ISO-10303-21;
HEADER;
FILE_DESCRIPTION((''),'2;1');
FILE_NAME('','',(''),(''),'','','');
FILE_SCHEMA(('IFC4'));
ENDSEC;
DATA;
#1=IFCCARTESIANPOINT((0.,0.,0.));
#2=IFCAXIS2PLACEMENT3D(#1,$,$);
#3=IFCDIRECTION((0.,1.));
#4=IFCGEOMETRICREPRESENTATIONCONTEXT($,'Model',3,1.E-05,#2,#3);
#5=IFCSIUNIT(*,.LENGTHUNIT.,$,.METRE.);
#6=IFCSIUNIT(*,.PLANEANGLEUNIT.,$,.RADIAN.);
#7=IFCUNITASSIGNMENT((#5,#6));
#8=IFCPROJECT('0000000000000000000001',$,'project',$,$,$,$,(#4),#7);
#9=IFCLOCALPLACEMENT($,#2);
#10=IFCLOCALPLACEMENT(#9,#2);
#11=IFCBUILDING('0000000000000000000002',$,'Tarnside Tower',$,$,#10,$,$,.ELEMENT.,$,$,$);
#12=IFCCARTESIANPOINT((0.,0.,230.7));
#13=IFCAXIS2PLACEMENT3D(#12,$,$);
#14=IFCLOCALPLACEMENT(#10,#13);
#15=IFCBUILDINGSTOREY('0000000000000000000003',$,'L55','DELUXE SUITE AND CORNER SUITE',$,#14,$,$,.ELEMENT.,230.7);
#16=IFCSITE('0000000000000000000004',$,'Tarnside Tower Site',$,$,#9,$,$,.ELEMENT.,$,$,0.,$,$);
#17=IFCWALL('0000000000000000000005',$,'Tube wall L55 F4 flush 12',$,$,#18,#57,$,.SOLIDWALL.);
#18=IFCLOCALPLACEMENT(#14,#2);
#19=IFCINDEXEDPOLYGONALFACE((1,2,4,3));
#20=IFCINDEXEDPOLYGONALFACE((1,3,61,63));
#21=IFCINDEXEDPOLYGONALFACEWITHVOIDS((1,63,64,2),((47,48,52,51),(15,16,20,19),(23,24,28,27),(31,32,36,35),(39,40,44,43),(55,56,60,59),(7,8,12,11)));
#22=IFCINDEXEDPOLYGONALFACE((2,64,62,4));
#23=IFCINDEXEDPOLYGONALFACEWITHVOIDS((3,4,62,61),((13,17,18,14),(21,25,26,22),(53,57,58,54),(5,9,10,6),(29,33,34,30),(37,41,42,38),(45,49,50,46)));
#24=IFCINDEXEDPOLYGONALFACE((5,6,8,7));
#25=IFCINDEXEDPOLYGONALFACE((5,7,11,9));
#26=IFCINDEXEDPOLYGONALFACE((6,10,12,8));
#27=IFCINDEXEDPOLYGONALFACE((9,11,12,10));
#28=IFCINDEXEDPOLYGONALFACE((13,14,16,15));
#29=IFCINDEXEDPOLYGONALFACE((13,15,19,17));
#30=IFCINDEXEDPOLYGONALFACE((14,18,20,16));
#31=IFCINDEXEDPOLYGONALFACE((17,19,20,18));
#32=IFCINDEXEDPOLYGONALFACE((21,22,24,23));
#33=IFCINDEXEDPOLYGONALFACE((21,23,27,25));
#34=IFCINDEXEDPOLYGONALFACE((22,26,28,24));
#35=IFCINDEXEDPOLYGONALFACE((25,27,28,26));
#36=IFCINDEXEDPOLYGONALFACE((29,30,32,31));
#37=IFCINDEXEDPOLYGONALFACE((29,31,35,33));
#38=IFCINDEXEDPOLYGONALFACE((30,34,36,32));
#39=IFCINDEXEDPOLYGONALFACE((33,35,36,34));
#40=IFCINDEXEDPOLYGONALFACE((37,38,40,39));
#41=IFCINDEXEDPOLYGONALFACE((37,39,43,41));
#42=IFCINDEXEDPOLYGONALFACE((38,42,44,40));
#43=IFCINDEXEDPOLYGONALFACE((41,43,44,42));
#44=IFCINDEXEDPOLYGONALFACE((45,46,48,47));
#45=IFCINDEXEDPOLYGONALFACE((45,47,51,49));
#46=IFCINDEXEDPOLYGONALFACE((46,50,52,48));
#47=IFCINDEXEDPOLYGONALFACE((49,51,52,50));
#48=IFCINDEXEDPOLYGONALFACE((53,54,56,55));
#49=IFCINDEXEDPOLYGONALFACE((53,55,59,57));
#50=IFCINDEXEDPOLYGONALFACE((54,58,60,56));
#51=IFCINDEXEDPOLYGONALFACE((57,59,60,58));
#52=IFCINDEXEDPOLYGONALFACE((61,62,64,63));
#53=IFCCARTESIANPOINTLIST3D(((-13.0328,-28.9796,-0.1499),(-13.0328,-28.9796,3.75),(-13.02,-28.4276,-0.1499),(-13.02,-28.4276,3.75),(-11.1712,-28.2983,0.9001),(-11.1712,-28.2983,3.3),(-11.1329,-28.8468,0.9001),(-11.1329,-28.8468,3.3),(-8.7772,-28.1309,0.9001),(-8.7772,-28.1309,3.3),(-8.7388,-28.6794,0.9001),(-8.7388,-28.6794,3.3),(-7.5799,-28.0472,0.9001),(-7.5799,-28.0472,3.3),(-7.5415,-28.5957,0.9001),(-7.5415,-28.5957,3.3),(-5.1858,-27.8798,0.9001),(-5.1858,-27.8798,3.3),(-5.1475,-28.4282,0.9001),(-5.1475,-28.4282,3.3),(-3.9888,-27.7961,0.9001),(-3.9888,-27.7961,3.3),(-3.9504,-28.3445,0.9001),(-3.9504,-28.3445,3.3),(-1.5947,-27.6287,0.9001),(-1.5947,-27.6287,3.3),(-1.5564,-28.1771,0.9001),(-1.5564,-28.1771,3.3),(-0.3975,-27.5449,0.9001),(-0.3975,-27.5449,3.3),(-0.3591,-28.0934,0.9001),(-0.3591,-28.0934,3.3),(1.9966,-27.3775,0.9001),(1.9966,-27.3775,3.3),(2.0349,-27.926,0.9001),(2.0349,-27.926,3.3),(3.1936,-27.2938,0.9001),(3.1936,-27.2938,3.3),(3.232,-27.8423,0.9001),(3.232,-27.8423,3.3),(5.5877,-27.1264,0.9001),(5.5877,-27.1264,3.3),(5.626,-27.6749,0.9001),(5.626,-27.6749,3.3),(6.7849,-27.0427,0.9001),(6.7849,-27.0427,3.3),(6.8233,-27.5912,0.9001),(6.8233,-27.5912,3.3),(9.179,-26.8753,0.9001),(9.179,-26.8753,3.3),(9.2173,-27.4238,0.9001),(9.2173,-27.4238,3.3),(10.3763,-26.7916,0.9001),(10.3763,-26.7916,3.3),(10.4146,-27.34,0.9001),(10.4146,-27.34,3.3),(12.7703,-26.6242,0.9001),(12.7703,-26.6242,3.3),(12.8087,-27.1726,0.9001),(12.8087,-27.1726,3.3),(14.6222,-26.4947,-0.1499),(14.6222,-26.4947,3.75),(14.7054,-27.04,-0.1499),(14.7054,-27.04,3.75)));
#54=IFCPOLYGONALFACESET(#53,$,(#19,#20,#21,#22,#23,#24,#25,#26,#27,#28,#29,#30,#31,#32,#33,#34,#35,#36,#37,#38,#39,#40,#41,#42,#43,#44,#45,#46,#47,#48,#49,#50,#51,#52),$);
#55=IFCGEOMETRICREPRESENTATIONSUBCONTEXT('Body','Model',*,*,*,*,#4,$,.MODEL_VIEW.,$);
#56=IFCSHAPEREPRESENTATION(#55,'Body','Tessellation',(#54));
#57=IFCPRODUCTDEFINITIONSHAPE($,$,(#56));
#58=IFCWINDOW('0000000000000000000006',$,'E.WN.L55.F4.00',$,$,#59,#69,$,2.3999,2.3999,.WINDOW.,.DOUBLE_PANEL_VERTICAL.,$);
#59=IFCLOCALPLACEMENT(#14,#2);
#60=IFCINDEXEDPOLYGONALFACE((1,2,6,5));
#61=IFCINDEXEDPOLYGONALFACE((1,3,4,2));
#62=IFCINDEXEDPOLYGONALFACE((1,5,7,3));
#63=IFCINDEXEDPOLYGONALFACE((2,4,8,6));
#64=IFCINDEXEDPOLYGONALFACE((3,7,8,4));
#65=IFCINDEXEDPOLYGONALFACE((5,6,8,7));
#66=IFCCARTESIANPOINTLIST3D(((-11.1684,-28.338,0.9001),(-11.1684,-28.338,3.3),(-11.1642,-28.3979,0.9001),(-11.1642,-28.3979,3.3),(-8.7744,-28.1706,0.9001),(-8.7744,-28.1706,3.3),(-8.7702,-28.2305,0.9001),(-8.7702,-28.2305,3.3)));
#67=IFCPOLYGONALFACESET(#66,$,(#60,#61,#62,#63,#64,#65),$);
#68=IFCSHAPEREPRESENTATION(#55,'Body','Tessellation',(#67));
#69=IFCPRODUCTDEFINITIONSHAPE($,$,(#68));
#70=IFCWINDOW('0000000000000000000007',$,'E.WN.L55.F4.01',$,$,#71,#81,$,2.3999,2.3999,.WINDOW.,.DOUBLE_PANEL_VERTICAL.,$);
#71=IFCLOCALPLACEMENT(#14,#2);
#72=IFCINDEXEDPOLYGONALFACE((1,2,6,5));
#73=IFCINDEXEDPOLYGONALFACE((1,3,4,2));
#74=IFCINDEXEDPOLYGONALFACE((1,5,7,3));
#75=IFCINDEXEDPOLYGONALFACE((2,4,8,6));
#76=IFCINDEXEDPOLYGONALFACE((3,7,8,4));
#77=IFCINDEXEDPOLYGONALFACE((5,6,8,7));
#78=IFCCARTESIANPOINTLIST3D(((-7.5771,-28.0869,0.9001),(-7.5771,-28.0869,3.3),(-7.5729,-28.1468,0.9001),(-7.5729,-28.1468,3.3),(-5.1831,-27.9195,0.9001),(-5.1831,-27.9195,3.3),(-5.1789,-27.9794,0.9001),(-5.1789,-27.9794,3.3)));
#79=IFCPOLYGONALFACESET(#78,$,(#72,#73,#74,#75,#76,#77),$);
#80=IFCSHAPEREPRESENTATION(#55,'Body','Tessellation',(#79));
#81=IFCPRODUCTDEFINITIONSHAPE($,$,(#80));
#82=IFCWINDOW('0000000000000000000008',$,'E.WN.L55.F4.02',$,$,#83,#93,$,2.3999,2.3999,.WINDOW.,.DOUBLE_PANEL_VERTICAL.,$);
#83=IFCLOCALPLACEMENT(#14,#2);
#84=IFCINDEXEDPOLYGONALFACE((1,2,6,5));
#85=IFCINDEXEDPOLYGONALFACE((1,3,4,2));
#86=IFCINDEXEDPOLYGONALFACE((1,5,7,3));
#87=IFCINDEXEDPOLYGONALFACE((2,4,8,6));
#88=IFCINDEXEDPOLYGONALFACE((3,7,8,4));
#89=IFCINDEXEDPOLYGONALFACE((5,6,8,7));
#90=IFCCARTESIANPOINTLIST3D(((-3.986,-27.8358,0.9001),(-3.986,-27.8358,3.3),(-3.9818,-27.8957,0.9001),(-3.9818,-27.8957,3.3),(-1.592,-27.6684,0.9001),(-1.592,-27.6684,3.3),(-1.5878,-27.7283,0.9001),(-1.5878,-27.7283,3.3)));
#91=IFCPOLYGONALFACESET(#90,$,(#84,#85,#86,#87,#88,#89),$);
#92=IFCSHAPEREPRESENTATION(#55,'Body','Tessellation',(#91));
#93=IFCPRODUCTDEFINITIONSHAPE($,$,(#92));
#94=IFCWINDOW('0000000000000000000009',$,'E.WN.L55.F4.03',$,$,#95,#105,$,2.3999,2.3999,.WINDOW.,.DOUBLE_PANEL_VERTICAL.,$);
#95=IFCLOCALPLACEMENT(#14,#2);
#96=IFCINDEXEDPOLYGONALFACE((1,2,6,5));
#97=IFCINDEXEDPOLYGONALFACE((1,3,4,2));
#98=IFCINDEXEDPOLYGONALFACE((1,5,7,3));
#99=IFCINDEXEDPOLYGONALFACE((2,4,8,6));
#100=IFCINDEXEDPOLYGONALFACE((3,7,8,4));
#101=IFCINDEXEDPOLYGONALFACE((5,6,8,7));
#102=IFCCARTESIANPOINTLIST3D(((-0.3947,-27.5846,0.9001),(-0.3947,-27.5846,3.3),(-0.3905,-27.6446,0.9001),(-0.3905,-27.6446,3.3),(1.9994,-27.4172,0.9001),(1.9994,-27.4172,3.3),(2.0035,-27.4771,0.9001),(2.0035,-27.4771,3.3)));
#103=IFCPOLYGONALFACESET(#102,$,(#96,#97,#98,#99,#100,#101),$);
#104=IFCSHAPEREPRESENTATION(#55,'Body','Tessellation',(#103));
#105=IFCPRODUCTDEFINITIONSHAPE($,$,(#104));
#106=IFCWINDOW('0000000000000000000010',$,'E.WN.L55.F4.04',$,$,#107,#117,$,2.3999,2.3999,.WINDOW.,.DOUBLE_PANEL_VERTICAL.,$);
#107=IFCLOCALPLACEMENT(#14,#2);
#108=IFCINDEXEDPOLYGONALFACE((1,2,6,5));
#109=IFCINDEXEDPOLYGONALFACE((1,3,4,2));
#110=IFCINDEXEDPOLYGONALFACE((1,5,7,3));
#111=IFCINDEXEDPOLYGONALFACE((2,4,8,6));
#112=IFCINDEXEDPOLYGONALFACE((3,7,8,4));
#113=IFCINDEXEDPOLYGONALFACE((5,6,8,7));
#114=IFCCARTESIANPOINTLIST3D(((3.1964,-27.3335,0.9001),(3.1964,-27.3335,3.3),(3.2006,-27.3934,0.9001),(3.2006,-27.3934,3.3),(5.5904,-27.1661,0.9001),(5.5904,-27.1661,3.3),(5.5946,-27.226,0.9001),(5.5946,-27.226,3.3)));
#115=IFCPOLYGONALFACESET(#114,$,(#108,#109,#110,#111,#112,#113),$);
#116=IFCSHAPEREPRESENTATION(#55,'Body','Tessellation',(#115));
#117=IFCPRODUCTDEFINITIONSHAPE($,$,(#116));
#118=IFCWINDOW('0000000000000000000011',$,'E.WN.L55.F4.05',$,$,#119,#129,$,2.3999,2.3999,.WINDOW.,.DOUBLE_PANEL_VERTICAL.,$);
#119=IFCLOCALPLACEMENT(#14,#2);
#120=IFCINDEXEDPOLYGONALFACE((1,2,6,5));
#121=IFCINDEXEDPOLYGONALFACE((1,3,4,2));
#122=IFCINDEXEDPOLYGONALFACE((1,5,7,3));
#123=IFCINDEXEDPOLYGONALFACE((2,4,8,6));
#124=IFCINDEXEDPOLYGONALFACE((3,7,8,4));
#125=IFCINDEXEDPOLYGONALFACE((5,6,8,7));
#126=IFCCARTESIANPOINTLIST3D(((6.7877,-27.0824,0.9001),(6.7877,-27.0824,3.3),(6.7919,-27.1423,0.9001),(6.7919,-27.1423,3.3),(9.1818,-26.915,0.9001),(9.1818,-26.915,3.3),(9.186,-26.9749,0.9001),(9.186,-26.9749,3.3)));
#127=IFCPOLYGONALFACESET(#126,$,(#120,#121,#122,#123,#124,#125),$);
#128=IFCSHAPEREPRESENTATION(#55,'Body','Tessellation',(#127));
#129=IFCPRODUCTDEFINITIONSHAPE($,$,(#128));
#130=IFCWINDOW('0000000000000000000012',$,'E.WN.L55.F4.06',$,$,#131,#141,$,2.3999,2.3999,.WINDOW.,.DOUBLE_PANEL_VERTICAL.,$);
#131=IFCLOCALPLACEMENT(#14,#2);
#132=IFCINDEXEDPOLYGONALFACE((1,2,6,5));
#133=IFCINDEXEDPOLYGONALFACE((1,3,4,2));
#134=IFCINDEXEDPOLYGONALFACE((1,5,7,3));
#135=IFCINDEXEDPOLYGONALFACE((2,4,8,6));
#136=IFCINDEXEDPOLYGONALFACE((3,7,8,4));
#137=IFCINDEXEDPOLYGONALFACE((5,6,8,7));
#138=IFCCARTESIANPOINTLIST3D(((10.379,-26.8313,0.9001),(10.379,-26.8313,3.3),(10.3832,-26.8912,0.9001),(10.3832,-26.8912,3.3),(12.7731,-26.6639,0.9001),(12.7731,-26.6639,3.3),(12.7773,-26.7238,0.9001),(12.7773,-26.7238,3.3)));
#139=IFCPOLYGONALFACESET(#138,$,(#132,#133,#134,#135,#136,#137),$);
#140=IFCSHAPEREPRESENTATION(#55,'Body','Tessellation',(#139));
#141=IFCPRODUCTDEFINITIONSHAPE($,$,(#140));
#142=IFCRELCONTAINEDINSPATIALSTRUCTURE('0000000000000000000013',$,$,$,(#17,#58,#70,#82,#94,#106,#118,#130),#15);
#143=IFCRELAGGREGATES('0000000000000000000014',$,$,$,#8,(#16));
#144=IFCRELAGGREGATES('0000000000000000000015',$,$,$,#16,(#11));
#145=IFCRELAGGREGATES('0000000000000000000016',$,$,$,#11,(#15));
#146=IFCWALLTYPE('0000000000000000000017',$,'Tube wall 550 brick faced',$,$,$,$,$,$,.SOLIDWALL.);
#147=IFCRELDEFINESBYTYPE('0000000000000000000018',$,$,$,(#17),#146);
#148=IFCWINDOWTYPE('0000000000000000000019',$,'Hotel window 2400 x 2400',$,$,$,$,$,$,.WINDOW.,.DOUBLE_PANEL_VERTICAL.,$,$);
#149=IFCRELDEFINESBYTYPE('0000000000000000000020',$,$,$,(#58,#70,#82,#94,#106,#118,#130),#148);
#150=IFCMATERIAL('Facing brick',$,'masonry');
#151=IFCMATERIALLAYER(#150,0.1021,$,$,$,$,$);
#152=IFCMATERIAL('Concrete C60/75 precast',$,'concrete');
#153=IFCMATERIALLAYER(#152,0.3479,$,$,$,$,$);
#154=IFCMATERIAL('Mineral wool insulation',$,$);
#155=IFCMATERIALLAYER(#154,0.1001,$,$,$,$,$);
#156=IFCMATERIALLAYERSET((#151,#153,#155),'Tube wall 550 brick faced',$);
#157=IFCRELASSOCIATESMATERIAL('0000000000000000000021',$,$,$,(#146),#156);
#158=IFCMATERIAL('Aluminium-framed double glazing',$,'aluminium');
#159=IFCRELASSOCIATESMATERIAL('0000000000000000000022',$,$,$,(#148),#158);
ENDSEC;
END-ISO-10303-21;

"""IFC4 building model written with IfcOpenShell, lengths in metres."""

from ifc_helpers import new_model, si_unit, direction, frame, frame_2d, origin, place, context, subcontext, project, spatial, polyline, rectangle, outline, extrude, material, layer, layer_set, type_object, element, fill, save


model = new_model("IFC4")

# Units and contexts
model_context = context("Model", 3, precision=1e-05, world=origin(), true_north=direction((0.0, 1.0)))
body_context = subcontext(model_context, "Body", "Model", "MODEL_VIEW")
ifc_project = project(units=[si_unit("LENGTHUNIT", "METRE"), si_unit("PLANEANGLEUNIT", "RADIAN")], contexts=[model_context])

# Site, building, storey
site_placement = place(None, origin())
site = spatial("IfcSite", under=ifc_project, at=site_placement, Name="Tarnside Tower Site", CompositionType="ELEMENT", RefElevation=0.0)
building_placement = place(site_placement, origin())
building = spatial("IfcBuilding", under=site, at=building_placement, Name="Tarnside Tower", CompositionType="ELEMENT")
storey_placement = place(building_placement, frame((0.0, 0.0, 230.7)))
storey = spatial("IfcBuildingStorey", under=building, at=storey_placement, Name="L55", Description="DELUXE SUITE AND CORNER SUITE", CompositionType="ELEMENT", Elevation=230.7)

# Shared definitions
ifc_material_1 = material(Name="Facing brick", Category="masonry")
ifc_layer_1 = layer(ifc_material_1, 0.1021)
ifc_material_2 = material(Name="Concrete C60/75 precast", Category="concrete")
ifc_layer_2 = layer(ifc_material_2, 0.3479)
ifc_material_3 = material(Name="Mineral wool insulation")
ifc_layer_3 = layer(ifc_material_3, 0.1001)
ifc_layer_set_1 = layer_set([ifc_layer_1, ifc_layer_2, ifc_layer_3], Name="Tube wall 550 brick faced")
wall_type_1 = type_object("IfcWallType", Name="Tube wall 550 brick faced", PredefinedType="SOLIDWALL", material=ifc_layer_set_1)

# Wall, openings, windows
wall_1_placement = place(storey_placement, frame((-13.0264, -28.7036, -0.1499), z_axis=(0.0, 0.0, 1.0), x_axis=(0.997564, 0.069756, 0.0)))
wall_1 = element("IfcWall", 1, at=wall_1_placement, inside=storey, type_object=wall_type_1, Name="Tube wall L55 F4 flush 12", PredefinedType="SOLIDWALL", context=body_context, shape_type="SweptSolid", body=[
    extrude(outline(polyline([(-0.0256, -0.2749), (27.7803, -0.2749), (27.7354, 0.2749), (0.0256, 0.2749), (-0.0256, -0.2749)])), origin(), (0.0, 0.0, 1.0), 3.8999),
])
opening_1_placement = place(wall_1_placement, frame((1.8789, 0.0, 1.05)))
opening_1 = element("IfcOpeningElement", 2, at=opening_1_placement, cuts=wall_1, PredefinedType="OPENING", context=body_context, shape_type="SweptSolid", body=[
    extrude(rectangle(XDim=2.3999, YDim=2.3999, at=frame_2d((1.2, 1.2))), frame((0.0, 0.2852, 0.0), z_axis=(0.0, -1.0, 0.0), x_axis=(1.0, 0.0, 0.0)), (0.0, 0.0, 1.0), 0.5701),
])
opening_2_placement = place(wall_1_placement, frame((5.479, 0.0, 1.05)))
opening_2 = element("IfcOpeningElement", 3, at=opening_2_placement, cuts=wall_1, PredefinedType="OPENING", context=body_context, shape_type="SweptSolid", body=[
    extrude(rectangle(XDim=2.3999, YDim=2.3999, at=frame_2d((1.2, 1.2))), frame((0.0, 0.2852, 0.0), z_axis=(0.0, -1.0, 0.0), x_axis=(1.0, 0.0, 0.0)), (0.0, 0.0, 1.0), 0.5701),
])
opening_3_placement = place(wall_1_placement, frame((9.0789, 0.0, 1.05)))
opening_3 = element("IfcOpeningElement", 4, at=opening_3_placement, cuts=wall_1, PredefinedType="OPENING", context=body_context, shape_type="SweptSolid", body=[
    extrude(rectangle(XDim=2.3999, YDim=2.3999, at=frame_2d((1.2, 1.2))), frame((0.0, 0.2852, 0.0), z_axis=(0.0, -1.0, 0.0), x_axis=(1.0, 0.0, 0.0)), (0.0, 0.0, 1.0), 0.5701),
])
opening_4_placement = place(wall_1_placement, frame((12.679, 0.0, 1.05)))
opening_4 = element("IfcOpeningElement", 5, at=opening_4_placement, cuts=wall_1, PredefinedType="OPENING", context=body_context, shape_type="SweptSolid", body=[
    extrude(rectangle(XDim=2.3999, YDim=2.3999, at=frame_2d((1.2, 1.2))), frame((0.0, 0.2852, 0.0), z_axis=(0.0, -1.0, 0.0), x_axis=(1.0, 0.0, 0.0)), (0.0, 0.0, 1.0), 0.5701),
])
opening_5_placement = place(wall_1_placement, frame((16.2788, 0.0, 1.05)))
opening_5 = element("IfcOpeningElement", 6, at=opening_5_placement, cuts=wall_1, PredefinedType="OPENING", context=body_context, shape_type="SweptSolid", body=[
    extrude(rectangle(XDim=2.3999, YDim=2.3999, at=frame_2d((1.2, 1.2))), frame((0.0, 0.2852, 0.0), z_axis=(0.0, -1.0, 0.0), x_axis=(1.0, 0.0, 0.0)), (0.0, 0.0, 1.0), 0.5701),
])
opening_6_placement = place(wall_1_placement, frame((19.8789, 0.0, 1.05)))
opening_6 = element("IfcOpeningElement", 7, at=opening_6_placement, cuts=wall_1, PredefinedType="OPENING", context=body_context, shape_type="SweptSolid", body=[
    extrude(rectangle(XDim=2.3999, YDim=2.3999, at=frame_2d((1.2, 1.2))), frame((0.0, 0.2852, 0.0), z_axis=(0.0, -1.0, 0.0), x_axis=(1.0, 0.0, 0.0)), (0.0, 0.0, 1.0), 0.5701),
])
opening_7_placement = place(wall_1_placement, frame((23.479, 0.0, 1.05)))
opening_7 = element("IfcOpeningElement", 8, at=opening_7_placement, cuts=wall_1, PredefinedType="OPENING", context=body_context, shape_type="SweptSolid", body=[
    extrude(rectangle(XDim=2.3999, YDim=2.3999, at=frame_2d((1.2, 1.2))), frame((0.0, 0.2852, 0.0), z_axis=(0.0, -1.0, 0.0), x_axis=(1.0, 0.0, 0.0)), (0.0, 0.0, 1.0), 0.5701),
])
ifc_material_4 = material(Name="Aluminium-framed double glazing", Category="aluminium")
window_type = type_object("IfcWindowType", Name="Hotel window 2400 x 2400", PartitioningType="DOUBLE_PANEL_VERTICAL", PredefinedType="WINDOW", material=ifc_material_4)
window_1_placement = place(opening_1_placement, frame((0.0, 0.2051, 0.0)))
window_1 = element("IfcWindow", 9, at=window_1_placement, inside=storey, type_object=window_type, Name="E.WN.L55.F4.00", OverallHeight=2.3999, OverallWidth=2.3999, PartitioningType="DOUBLE_PANEL_VERTICAL", PredefinedType="WINDOW", context=body_context, shape_type="SweptSolid", body=[
    extrude(rectangle(XDim=2.3999, YDim=2.3999, at=frame_2d((1.2, 1.2))), frame((0.0, 0.03, 0.0), z_axis=(0.0, -1.0, 0.0), x_axis=(1.0, 0.0, 0.0)), (0.0, 0.0, 1.0), 0.0601),
])
fill(opening_1, window_1)
window_2_placement = place(opening_2_placement, frame((0.0, 0.2051, 0.0)))
window_2 = element("IfcWindow", 10, at=window_2_placement, inside=storey, type_object=window_type, Name="E.WN.L55.F4.01", OverallHeight=2.3999, OverallWidth=2.3999, PartitioningType="DOUBLE_PANEL_VERTICAL", PredefinedType="WINDOW", context=body_context, shape_type="SweptSolid", body=[
    extrude(rectangle(XDim=2.3999, YDim=2.3999, at=frame_2d((1.2, 1.2))), frame((0.0, 0.03, 0.0), z_axis=(0.0, -1.0, 0.0), x_axis=(1.0, 0.0, 0.0)), (0.0, 0.0, 1.0), 0.0601),
])
fill(opening_2, window_2)
window_3_placement = place(opening_3_placement, frame((0.0, 0.2051, 0.0)))
window_3 = element("IfcWindow", 11, at=window_3_placement, inside=storey, type_object=window_type, Name="E.WN.L55.F4.02", OverallHeight=2.3999, OverallWidth=2.3999, PartitioningType="DOUBLE_PANEL_VERTICAL", PredefinedType="WINDOW", context=body_context, shape_type="SweptSolid", body=[
    extrude(rectangle(XDim=2.3999, YDim=2.3999, at=frame_2d((1.2, 1.2))), frame((0.0, 0.03, 0.0), z_axis=(0.0, -1.0, 0.0), x_axis=(1.0, 0.0, 0.0)), (0.0, 0.0, 1.0), 0.0601),
])
fill(opening_3, window_3)
window_4_placement = place(opening_4_placement, frame((0.0, 0.2051, 0.0)))
window_4 = element("IfcWindow", 12, at=window_4_placement, inside=storey, type_object=window_type, Name="E.WN.L55.F4.03", OverallHeight=2.3999, OverallWidth=2.3999, PartitioningType="DOUBLE_PANEL_VERTICAL", PredefinedType="WINDOW", context=body_context, shape_type="SweptSolid", body=[
    extrude(rectangle(XDim=2.3999, YDim=2.3999, at=frame_2d((1.2, 1.2))), frame((0.0, 0.03, 0.0), z_axis=(0.0, -1.0, 0.0), x_axis=(1.0, 0.0, 0.0)), (0.0, 0.0, 1.0), 0.0601),
])
fill(opening_4, window_4)
window_5_placement = place(opening_5_placement, frame((0.0, 0.2051, 0.0)))
window_5 = element("IfcWindow", 13, at=window_5_placement, inside=storey, type_object=window_type, Name="E.WN.L55.F4.04", OverallHeight=2.3999, OverallWidth=2.3999, PartitioningType="DOUBLE_PANEL_VERTICAL", PredefinedType="WINDOW", context=body_context, shape_type="SweptSolid", body=[
    extrude(rectangle(XDim=2.3999, YDim=2.3999, at=frame_2d((1.2, 1.2))), frame((0.0, 0.03, 0.0), z_axis=(0.0, -1.0, 0.0), x_axis=(1.0, 0.0, 0.0)), (0.0, 0.0, 1.0), 0.0601),
])
fill(opening_5, window_5)
window_6_placement = place(opening_6_placement, frame((0.0, 0.2051, 0.0)))
window_6 = element("IfcWindow", 14, at=window_6_placement, inside=storey, type_object=window_type, Name="E.WN.L55.F4.05", OverallHeight=2.3999, OverallWidth=2.3999, PartitioningType="DOUBLE_PANEL_VERTICAL", PredefinedType="WINDOW", context=body_context, shape_type="SweptSolid", body=[
    extrude(rectangle(XDim=2.3999, YDim=2.3999, at=frame_2d((1.2, 1.2))), frame((0.0, 0.03, 0.0), z_axis=(0.0, -1.0, 0.0), x_axis=(1.0, 0.0, 0.0)), (0.0, 0.0, 1.0), 0.0601),
])
fill(opening_6, window_6)
window_7_placement = place(opening_7_placement, frame((0.0, 0.2051, 0.0)))
window_7 = element("IfcWindow", 15, at=window_7_placement, inside=storey, type_object=window_type, Name="E.WN.L55.F4.06", OverallHeight=2.3999, OverallWidth=2.3999, PartitioningType="DOUBLE_PANEL_VERTICAL", PredefinedType="WINDOW", context=body_context, shape_type="SweptSolid", body=[
    extrude(rectangle(XDim=2.3999, YDim=2.3999, at=frame_2d((1.2, 1.2))), frame((0.0, 0.03, 0.0), z_axis=(0.0, -1.0, 0.0), x_axis=(1.0, 0.0, 0.0)), (0.0, 0.0, 1.0), 0.0601),
])
fill(opening_7, window_7)

save(model, "model.ifc")
